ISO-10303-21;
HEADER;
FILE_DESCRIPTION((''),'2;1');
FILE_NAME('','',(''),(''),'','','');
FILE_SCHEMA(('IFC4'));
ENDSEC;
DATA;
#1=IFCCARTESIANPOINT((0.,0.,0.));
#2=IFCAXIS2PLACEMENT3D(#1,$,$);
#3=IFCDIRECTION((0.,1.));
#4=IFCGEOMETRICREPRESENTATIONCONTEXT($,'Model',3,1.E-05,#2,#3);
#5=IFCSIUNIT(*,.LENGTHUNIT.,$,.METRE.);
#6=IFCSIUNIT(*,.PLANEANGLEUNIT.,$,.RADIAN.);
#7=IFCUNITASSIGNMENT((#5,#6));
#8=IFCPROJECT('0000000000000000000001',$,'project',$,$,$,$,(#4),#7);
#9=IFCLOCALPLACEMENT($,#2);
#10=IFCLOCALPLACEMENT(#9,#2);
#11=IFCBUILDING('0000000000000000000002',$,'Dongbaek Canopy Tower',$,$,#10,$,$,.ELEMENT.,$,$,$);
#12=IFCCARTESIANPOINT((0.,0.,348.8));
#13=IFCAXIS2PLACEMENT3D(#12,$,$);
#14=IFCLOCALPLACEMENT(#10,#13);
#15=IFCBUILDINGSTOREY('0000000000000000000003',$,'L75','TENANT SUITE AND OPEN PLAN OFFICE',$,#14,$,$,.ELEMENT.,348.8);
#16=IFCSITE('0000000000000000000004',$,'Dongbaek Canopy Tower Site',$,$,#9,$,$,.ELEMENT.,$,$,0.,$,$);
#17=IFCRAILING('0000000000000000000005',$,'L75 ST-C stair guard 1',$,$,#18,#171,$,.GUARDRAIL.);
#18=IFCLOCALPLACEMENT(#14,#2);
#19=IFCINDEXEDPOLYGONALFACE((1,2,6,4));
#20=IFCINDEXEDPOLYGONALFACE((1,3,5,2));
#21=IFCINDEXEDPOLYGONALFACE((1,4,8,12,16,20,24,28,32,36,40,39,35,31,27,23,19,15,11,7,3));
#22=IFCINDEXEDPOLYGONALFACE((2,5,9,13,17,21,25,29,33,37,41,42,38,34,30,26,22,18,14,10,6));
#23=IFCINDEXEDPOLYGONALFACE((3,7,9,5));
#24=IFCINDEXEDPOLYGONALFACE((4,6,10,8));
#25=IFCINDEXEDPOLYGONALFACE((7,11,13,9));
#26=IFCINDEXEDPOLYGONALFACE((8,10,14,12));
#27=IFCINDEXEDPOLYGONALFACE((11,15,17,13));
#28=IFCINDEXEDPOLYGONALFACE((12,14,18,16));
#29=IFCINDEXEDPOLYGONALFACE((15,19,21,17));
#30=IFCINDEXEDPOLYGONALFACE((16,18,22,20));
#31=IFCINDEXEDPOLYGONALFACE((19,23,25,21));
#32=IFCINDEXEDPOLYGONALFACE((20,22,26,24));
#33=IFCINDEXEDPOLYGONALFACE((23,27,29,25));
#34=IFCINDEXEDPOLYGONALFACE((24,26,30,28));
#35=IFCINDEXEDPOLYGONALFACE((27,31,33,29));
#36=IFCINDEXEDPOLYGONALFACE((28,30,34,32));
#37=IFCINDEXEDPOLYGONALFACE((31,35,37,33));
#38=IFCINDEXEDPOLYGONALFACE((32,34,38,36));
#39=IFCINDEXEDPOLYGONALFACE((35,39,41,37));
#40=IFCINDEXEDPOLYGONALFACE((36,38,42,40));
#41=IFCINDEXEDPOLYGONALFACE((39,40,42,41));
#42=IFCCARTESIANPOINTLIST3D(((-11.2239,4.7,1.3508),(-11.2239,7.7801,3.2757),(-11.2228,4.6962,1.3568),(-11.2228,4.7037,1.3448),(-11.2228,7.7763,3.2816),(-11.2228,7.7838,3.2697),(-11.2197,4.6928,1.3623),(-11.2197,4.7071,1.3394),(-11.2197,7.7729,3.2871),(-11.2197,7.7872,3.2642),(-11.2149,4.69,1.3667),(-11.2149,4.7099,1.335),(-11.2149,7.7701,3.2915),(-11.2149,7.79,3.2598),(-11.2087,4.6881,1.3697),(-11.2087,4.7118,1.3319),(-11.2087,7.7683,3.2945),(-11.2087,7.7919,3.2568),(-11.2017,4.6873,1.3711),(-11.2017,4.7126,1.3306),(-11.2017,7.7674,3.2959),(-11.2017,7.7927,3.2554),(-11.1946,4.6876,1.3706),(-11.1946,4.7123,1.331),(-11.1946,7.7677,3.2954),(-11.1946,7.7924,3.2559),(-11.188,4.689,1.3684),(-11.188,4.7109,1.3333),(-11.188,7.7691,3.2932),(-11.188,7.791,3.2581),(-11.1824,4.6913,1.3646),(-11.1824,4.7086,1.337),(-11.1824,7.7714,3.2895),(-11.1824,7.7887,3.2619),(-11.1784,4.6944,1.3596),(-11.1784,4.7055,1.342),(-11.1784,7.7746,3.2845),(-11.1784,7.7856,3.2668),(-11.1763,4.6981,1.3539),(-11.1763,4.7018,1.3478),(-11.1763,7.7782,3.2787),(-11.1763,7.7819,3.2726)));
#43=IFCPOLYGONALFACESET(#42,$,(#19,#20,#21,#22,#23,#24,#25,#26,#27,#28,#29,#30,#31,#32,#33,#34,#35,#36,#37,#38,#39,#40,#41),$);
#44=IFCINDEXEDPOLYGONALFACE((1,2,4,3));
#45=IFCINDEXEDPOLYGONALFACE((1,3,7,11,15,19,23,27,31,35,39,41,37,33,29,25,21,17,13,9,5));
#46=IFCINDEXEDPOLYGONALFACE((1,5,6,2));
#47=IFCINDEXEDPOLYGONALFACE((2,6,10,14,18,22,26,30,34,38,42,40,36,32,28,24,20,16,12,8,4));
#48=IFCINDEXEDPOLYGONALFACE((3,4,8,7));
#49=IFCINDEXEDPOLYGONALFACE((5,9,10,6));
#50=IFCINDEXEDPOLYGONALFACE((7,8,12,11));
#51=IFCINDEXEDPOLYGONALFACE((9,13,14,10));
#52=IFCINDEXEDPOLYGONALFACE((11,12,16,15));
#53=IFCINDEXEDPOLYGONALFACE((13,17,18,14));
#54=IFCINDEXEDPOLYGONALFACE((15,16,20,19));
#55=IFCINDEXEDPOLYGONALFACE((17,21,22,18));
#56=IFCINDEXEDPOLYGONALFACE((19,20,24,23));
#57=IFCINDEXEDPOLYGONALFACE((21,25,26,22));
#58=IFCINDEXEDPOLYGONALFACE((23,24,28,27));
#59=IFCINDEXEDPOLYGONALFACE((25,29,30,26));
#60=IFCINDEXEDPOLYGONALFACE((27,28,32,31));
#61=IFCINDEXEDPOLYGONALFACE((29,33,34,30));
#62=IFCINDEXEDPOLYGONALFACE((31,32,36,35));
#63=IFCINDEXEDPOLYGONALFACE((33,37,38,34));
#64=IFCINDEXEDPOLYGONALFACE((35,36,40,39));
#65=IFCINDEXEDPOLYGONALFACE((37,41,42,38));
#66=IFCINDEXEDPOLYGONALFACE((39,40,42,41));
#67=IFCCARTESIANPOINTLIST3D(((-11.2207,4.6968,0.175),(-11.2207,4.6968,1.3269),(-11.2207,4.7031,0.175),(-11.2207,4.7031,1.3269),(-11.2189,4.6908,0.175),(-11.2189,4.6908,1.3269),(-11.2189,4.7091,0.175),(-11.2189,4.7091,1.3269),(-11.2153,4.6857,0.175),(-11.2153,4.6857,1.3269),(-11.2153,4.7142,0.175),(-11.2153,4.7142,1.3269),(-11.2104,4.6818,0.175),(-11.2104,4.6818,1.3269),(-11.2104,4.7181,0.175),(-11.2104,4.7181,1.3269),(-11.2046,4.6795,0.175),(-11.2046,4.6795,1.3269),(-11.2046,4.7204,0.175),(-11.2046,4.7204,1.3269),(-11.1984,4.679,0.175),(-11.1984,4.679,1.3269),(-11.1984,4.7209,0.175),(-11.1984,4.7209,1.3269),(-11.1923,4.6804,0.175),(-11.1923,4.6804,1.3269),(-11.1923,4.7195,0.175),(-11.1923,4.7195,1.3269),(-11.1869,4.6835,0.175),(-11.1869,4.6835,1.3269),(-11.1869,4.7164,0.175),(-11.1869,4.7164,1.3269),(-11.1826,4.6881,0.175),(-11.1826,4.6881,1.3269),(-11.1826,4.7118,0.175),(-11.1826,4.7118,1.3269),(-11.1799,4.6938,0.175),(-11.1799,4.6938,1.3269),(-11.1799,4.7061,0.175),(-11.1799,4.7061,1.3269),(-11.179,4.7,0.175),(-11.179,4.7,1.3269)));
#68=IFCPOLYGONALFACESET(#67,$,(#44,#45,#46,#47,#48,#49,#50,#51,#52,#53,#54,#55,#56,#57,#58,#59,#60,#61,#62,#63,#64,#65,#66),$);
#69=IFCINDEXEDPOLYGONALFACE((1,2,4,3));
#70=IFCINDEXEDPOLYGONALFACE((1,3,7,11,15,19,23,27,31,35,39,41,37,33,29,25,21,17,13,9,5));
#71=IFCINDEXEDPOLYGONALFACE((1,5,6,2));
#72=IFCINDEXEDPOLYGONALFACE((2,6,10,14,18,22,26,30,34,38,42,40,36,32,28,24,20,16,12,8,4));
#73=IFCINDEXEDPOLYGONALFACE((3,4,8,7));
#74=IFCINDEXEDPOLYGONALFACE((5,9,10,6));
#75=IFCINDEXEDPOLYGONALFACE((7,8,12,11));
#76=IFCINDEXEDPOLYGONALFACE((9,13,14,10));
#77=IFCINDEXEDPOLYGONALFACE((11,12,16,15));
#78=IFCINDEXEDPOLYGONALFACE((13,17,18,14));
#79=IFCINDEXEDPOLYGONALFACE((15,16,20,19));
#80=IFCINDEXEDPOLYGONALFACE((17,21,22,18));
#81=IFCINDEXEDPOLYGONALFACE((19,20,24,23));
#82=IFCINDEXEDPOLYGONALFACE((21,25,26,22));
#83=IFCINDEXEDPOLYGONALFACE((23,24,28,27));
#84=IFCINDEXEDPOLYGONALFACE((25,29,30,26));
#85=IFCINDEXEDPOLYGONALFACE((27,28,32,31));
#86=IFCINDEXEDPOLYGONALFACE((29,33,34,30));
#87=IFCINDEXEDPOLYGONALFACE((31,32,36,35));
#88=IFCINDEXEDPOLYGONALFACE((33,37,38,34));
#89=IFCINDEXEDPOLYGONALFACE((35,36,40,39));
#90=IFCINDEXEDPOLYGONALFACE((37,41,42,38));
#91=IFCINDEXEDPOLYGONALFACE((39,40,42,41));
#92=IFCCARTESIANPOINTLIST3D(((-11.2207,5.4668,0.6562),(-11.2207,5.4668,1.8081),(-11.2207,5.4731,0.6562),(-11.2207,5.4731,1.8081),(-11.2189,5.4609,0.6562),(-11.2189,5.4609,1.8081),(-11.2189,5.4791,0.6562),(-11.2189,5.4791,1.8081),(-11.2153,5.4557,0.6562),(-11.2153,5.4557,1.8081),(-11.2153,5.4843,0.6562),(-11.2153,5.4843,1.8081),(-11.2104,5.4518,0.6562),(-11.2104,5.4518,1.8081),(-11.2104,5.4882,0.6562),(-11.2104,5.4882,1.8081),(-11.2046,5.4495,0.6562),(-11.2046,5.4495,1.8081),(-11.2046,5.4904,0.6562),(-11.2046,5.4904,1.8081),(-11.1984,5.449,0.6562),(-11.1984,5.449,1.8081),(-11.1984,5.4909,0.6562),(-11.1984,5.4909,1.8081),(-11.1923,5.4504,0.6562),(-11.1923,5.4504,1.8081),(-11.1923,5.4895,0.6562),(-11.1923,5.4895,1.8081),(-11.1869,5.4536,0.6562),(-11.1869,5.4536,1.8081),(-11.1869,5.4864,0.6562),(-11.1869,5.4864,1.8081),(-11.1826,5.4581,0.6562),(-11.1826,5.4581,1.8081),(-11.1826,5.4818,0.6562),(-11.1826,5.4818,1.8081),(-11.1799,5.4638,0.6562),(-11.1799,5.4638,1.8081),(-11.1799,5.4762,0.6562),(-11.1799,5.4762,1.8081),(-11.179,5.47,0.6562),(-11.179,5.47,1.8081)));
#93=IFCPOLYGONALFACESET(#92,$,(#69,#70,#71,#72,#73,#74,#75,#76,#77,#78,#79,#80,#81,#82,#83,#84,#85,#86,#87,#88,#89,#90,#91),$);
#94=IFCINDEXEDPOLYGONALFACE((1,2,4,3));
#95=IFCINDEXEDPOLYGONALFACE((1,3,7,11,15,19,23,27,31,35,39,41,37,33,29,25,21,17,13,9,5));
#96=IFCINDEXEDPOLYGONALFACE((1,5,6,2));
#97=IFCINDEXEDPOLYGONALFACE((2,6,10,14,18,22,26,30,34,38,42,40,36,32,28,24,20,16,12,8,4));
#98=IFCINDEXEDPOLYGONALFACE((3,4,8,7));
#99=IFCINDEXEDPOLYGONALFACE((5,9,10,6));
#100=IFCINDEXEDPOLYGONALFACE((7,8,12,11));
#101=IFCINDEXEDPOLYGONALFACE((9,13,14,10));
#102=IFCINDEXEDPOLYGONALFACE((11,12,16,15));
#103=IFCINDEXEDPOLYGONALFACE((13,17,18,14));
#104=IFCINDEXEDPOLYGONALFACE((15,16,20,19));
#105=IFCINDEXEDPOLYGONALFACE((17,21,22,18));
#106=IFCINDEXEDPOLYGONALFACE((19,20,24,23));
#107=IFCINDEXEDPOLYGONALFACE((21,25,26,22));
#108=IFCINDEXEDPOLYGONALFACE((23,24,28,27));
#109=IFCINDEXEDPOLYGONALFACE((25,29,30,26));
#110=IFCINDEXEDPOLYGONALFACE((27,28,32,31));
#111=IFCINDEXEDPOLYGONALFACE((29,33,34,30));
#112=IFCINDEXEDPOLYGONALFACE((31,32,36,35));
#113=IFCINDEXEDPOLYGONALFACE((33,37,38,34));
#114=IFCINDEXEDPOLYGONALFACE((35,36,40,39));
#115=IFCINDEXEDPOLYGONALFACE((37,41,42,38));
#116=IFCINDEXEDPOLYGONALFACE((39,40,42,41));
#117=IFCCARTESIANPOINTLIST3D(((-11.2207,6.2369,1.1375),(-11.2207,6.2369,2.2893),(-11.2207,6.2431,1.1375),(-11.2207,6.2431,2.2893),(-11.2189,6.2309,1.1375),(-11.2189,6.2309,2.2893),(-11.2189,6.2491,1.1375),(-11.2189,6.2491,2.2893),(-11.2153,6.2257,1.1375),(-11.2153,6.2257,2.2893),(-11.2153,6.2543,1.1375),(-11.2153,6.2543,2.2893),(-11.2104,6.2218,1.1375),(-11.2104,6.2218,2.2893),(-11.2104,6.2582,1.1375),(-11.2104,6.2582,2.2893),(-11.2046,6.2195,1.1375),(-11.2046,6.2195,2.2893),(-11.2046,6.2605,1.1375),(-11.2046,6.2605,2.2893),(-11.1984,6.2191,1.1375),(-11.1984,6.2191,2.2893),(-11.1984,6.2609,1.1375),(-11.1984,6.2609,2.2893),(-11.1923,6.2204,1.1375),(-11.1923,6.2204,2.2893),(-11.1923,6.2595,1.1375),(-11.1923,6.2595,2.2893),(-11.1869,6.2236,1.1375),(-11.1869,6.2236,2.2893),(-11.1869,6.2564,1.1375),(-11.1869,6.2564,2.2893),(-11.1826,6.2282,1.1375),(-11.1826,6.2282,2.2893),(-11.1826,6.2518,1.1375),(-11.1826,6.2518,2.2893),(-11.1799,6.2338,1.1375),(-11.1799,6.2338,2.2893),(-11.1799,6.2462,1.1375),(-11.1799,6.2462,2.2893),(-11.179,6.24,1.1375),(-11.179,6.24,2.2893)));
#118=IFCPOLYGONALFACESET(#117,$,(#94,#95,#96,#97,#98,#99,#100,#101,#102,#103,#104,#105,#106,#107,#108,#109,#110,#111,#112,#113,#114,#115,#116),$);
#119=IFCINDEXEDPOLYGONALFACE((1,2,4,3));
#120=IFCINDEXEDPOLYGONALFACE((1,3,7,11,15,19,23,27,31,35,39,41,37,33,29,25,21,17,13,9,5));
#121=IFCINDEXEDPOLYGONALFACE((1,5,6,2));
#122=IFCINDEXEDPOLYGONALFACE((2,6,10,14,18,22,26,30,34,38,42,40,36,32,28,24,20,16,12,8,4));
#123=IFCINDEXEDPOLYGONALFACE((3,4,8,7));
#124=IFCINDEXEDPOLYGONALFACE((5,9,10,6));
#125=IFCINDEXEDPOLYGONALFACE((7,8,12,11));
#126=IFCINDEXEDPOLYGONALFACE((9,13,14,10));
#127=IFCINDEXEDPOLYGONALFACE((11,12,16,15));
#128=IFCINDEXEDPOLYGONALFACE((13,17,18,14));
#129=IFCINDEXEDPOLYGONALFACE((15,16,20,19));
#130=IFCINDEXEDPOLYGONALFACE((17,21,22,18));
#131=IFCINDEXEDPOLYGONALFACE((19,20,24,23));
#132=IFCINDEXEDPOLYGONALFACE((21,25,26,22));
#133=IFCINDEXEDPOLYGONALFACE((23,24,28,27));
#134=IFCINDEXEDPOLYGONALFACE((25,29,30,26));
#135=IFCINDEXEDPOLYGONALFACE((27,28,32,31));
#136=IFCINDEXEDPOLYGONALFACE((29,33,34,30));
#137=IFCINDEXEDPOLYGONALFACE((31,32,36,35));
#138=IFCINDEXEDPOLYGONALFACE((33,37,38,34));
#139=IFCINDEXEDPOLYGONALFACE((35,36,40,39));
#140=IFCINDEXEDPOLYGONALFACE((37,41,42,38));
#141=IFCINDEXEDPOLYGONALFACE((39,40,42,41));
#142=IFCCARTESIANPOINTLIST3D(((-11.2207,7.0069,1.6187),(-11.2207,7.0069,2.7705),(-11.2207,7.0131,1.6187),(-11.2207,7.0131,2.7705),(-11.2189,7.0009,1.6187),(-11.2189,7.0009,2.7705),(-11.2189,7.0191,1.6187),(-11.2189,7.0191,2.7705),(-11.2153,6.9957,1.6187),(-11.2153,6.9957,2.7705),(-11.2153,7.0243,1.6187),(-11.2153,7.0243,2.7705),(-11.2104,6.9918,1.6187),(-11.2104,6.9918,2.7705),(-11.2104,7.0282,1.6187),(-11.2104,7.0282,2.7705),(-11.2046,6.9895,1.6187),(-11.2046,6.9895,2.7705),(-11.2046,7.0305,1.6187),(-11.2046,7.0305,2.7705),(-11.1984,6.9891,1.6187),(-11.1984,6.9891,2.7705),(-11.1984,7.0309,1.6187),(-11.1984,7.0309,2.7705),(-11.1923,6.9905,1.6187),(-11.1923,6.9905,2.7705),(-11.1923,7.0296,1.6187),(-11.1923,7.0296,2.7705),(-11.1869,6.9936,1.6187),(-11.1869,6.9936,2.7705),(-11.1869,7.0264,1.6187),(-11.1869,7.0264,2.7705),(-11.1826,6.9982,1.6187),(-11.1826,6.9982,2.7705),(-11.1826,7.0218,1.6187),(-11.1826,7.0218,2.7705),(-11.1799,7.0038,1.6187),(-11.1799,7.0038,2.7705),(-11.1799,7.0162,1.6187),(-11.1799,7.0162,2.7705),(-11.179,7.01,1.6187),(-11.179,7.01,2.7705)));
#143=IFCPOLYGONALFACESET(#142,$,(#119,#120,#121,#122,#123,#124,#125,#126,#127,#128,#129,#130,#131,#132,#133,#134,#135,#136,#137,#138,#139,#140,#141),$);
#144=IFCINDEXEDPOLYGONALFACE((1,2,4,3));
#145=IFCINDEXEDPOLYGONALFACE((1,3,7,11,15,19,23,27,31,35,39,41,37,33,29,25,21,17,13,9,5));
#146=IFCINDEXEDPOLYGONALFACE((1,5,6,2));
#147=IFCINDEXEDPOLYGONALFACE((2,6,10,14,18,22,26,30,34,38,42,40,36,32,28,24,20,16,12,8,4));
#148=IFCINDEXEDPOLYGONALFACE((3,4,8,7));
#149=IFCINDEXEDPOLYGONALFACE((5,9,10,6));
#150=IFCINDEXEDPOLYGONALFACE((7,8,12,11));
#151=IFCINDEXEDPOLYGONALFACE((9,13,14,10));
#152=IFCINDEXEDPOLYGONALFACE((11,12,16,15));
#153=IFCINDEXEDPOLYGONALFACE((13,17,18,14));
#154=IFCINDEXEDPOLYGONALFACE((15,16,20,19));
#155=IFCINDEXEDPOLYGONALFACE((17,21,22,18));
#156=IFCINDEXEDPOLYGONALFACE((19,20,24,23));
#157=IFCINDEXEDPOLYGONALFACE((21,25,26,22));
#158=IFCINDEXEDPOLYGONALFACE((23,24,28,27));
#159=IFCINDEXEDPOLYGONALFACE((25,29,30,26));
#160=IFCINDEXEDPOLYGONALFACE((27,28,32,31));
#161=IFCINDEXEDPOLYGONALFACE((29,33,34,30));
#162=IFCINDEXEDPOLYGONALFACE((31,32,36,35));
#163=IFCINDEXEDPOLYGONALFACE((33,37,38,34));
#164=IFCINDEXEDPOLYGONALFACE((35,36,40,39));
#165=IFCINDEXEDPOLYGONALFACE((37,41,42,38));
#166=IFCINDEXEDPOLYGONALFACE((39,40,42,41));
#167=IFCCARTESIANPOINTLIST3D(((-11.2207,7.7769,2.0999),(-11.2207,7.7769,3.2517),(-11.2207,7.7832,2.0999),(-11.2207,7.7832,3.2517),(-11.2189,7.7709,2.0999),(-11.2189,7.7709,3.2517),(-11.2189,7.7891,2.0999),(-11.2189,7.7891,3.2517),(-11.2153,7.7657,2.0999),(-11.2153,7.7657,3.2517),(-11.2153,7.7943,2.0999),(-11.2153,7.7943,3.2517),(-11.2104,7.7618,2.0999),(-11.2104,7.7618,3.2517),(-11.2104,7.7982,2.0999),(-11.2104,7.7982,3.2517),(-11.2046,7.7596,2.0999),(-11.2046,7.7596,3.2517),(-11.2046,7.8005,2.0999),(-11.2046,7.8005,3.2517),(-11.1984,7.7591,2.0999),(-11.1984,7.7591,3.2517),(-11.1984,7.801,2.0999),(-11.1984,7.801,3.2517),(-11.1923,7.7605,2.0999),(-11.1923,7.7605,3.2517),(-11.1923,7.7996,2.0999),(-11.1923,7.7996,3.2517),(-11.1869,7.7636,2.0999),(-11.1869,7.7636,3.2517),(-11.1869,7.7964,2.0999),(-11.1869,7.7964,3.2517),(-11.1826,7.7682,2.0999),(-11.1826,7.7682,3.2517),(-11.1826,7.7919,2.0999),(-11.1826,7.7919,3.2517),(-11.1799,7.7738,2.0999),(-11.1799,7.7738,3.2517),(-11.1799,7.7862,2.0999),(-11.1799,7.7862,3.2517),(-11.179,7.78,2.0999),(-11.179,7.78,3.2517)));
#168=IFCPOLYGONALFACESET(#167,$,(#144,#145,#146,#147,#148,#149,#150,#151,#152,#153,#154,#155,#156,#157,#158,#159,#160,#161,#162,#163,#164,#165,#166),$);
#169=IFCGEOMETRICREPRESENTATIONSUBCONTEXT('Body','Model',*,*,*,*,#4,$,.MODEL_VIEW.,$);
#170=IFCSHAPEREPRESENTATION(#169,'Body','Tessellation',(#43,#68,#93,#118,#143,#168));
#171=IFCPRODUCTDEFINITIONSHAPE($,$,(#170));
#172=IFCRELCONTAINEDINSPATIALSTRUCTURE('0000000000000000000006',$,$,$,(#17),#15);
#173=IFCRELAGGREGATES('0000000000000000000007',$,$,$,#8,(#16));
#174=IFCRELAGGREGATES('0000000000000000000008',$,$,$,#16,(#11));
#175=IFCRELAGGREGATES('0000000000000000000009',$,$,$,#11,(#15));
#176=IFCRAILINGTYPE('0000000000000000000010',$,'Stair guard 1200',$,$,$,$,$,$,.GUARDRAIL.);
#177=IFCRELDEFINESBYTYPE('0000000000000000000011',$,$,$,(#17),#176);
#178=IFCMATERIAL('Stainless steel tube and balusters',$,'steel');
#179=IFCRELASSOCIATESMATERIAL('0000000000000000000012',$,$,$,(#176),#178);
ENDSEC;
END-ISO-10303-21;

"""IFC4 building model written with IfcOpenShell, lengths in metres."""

from ifc_helpers import new_model, si_unit, direction, frame, origin, origin_2d, place, context, subcontext, project, spatial, circle, extrude, material, type_object, element, save


model = new_model("IFC4")

# Units and contexts
model_context = context("Model", 3, precision=1e-05, world=origin(), true_north=direction((0.0, 1.0)))
body_context = subcontext(model_context, "Body", "Model", "MODEL_VIEW")
ifc_project = project(units=[si_unit("LENGTHUNIT", "METRE"), si_unit("PLANEANGLEUNIT", "RADIAN")], contexts=[model_context])

# Site, building, storey
site_placement = place(None, origin())
site = spatial("IfcSite", under=ifc_project, at=site_placement, Name="Dongbaek Canopy Tower Site", CompositionType="ELEMENT", RefElevation=0.0)
building_placement = place(site_placement, origin())
building = spatial("IfcBuilding", under=site, at=building_placement, Name="Dongbaek Canopy Tower", CompositionType="ELEMENT")
storey_placement = place(building_placement, frame((0.0, 0.0, 348.8)))
storey = spatial("IfcBuildingStorey", under=building, at=storey_placement, Name="L75", Description="TENANT SUITE AND OPEN PLAN OFFICE", CompositionType="ELEMENT", Elevation=348.8)

# Railing
ifc_material_1 = material(Name="Stainless steel tube and balusters", Category="steel")
railing_type_1 = type_object("IfcRailingType", Name="Stair guard 1200", PredefinedType="GUARDRAIL", material=ifc_material_1)
railing_1_placement = place(storey_placement, frame((-11.2, 4.7, 0.175)))
element("IfcRailing", 1, at=railing_1_placement, inside=storey, type_object=railing_type_1, Name="L75 ST-C stair guard 1", PredefinedType="GUARDRAIL", context=body_context, shape_type="SweptSolid", body=[
    extrude(circle(Radius=0.0239, at=origin_2d()), frame((0.0, 0.0, 1.1758), z_axis=(0.0, 0.848029, 0.529951), x_axis=(-1.0, 0.0, 0.0)), (0.0, 0.0, 1.0), 3.6321),
    extrude(circle(Radius=0.021, at=origin_2d()), origin(), (0.0, 0.0, 1.0), 1.1519),
    extrude(circle(Radius=0.021, at=origin_2d()), frame((0.0, 0.77, 0.4812)), (0.0, 0.0, 1.0), 1.1519),
    extrude(circle(Radius=0.021, at=origin_2d()), frame((0.0, 1.54, 0.9624)), (0.0, 0.0, 1.0), 1.1519),
    extrude(circle(Radius=0.021, at=origin_2d()), frame((0.0, 2.3101, 1.4436)), (0.0, 0.0, 1.0), 1.1519),
    extrude(circle(Radius=0.021, at=origin_2d()), frame((0.0, 3.0801, 1.9248)), (0.0, 0.0, 1.0), 1.1519),
])

save(model, "model.ifc")
